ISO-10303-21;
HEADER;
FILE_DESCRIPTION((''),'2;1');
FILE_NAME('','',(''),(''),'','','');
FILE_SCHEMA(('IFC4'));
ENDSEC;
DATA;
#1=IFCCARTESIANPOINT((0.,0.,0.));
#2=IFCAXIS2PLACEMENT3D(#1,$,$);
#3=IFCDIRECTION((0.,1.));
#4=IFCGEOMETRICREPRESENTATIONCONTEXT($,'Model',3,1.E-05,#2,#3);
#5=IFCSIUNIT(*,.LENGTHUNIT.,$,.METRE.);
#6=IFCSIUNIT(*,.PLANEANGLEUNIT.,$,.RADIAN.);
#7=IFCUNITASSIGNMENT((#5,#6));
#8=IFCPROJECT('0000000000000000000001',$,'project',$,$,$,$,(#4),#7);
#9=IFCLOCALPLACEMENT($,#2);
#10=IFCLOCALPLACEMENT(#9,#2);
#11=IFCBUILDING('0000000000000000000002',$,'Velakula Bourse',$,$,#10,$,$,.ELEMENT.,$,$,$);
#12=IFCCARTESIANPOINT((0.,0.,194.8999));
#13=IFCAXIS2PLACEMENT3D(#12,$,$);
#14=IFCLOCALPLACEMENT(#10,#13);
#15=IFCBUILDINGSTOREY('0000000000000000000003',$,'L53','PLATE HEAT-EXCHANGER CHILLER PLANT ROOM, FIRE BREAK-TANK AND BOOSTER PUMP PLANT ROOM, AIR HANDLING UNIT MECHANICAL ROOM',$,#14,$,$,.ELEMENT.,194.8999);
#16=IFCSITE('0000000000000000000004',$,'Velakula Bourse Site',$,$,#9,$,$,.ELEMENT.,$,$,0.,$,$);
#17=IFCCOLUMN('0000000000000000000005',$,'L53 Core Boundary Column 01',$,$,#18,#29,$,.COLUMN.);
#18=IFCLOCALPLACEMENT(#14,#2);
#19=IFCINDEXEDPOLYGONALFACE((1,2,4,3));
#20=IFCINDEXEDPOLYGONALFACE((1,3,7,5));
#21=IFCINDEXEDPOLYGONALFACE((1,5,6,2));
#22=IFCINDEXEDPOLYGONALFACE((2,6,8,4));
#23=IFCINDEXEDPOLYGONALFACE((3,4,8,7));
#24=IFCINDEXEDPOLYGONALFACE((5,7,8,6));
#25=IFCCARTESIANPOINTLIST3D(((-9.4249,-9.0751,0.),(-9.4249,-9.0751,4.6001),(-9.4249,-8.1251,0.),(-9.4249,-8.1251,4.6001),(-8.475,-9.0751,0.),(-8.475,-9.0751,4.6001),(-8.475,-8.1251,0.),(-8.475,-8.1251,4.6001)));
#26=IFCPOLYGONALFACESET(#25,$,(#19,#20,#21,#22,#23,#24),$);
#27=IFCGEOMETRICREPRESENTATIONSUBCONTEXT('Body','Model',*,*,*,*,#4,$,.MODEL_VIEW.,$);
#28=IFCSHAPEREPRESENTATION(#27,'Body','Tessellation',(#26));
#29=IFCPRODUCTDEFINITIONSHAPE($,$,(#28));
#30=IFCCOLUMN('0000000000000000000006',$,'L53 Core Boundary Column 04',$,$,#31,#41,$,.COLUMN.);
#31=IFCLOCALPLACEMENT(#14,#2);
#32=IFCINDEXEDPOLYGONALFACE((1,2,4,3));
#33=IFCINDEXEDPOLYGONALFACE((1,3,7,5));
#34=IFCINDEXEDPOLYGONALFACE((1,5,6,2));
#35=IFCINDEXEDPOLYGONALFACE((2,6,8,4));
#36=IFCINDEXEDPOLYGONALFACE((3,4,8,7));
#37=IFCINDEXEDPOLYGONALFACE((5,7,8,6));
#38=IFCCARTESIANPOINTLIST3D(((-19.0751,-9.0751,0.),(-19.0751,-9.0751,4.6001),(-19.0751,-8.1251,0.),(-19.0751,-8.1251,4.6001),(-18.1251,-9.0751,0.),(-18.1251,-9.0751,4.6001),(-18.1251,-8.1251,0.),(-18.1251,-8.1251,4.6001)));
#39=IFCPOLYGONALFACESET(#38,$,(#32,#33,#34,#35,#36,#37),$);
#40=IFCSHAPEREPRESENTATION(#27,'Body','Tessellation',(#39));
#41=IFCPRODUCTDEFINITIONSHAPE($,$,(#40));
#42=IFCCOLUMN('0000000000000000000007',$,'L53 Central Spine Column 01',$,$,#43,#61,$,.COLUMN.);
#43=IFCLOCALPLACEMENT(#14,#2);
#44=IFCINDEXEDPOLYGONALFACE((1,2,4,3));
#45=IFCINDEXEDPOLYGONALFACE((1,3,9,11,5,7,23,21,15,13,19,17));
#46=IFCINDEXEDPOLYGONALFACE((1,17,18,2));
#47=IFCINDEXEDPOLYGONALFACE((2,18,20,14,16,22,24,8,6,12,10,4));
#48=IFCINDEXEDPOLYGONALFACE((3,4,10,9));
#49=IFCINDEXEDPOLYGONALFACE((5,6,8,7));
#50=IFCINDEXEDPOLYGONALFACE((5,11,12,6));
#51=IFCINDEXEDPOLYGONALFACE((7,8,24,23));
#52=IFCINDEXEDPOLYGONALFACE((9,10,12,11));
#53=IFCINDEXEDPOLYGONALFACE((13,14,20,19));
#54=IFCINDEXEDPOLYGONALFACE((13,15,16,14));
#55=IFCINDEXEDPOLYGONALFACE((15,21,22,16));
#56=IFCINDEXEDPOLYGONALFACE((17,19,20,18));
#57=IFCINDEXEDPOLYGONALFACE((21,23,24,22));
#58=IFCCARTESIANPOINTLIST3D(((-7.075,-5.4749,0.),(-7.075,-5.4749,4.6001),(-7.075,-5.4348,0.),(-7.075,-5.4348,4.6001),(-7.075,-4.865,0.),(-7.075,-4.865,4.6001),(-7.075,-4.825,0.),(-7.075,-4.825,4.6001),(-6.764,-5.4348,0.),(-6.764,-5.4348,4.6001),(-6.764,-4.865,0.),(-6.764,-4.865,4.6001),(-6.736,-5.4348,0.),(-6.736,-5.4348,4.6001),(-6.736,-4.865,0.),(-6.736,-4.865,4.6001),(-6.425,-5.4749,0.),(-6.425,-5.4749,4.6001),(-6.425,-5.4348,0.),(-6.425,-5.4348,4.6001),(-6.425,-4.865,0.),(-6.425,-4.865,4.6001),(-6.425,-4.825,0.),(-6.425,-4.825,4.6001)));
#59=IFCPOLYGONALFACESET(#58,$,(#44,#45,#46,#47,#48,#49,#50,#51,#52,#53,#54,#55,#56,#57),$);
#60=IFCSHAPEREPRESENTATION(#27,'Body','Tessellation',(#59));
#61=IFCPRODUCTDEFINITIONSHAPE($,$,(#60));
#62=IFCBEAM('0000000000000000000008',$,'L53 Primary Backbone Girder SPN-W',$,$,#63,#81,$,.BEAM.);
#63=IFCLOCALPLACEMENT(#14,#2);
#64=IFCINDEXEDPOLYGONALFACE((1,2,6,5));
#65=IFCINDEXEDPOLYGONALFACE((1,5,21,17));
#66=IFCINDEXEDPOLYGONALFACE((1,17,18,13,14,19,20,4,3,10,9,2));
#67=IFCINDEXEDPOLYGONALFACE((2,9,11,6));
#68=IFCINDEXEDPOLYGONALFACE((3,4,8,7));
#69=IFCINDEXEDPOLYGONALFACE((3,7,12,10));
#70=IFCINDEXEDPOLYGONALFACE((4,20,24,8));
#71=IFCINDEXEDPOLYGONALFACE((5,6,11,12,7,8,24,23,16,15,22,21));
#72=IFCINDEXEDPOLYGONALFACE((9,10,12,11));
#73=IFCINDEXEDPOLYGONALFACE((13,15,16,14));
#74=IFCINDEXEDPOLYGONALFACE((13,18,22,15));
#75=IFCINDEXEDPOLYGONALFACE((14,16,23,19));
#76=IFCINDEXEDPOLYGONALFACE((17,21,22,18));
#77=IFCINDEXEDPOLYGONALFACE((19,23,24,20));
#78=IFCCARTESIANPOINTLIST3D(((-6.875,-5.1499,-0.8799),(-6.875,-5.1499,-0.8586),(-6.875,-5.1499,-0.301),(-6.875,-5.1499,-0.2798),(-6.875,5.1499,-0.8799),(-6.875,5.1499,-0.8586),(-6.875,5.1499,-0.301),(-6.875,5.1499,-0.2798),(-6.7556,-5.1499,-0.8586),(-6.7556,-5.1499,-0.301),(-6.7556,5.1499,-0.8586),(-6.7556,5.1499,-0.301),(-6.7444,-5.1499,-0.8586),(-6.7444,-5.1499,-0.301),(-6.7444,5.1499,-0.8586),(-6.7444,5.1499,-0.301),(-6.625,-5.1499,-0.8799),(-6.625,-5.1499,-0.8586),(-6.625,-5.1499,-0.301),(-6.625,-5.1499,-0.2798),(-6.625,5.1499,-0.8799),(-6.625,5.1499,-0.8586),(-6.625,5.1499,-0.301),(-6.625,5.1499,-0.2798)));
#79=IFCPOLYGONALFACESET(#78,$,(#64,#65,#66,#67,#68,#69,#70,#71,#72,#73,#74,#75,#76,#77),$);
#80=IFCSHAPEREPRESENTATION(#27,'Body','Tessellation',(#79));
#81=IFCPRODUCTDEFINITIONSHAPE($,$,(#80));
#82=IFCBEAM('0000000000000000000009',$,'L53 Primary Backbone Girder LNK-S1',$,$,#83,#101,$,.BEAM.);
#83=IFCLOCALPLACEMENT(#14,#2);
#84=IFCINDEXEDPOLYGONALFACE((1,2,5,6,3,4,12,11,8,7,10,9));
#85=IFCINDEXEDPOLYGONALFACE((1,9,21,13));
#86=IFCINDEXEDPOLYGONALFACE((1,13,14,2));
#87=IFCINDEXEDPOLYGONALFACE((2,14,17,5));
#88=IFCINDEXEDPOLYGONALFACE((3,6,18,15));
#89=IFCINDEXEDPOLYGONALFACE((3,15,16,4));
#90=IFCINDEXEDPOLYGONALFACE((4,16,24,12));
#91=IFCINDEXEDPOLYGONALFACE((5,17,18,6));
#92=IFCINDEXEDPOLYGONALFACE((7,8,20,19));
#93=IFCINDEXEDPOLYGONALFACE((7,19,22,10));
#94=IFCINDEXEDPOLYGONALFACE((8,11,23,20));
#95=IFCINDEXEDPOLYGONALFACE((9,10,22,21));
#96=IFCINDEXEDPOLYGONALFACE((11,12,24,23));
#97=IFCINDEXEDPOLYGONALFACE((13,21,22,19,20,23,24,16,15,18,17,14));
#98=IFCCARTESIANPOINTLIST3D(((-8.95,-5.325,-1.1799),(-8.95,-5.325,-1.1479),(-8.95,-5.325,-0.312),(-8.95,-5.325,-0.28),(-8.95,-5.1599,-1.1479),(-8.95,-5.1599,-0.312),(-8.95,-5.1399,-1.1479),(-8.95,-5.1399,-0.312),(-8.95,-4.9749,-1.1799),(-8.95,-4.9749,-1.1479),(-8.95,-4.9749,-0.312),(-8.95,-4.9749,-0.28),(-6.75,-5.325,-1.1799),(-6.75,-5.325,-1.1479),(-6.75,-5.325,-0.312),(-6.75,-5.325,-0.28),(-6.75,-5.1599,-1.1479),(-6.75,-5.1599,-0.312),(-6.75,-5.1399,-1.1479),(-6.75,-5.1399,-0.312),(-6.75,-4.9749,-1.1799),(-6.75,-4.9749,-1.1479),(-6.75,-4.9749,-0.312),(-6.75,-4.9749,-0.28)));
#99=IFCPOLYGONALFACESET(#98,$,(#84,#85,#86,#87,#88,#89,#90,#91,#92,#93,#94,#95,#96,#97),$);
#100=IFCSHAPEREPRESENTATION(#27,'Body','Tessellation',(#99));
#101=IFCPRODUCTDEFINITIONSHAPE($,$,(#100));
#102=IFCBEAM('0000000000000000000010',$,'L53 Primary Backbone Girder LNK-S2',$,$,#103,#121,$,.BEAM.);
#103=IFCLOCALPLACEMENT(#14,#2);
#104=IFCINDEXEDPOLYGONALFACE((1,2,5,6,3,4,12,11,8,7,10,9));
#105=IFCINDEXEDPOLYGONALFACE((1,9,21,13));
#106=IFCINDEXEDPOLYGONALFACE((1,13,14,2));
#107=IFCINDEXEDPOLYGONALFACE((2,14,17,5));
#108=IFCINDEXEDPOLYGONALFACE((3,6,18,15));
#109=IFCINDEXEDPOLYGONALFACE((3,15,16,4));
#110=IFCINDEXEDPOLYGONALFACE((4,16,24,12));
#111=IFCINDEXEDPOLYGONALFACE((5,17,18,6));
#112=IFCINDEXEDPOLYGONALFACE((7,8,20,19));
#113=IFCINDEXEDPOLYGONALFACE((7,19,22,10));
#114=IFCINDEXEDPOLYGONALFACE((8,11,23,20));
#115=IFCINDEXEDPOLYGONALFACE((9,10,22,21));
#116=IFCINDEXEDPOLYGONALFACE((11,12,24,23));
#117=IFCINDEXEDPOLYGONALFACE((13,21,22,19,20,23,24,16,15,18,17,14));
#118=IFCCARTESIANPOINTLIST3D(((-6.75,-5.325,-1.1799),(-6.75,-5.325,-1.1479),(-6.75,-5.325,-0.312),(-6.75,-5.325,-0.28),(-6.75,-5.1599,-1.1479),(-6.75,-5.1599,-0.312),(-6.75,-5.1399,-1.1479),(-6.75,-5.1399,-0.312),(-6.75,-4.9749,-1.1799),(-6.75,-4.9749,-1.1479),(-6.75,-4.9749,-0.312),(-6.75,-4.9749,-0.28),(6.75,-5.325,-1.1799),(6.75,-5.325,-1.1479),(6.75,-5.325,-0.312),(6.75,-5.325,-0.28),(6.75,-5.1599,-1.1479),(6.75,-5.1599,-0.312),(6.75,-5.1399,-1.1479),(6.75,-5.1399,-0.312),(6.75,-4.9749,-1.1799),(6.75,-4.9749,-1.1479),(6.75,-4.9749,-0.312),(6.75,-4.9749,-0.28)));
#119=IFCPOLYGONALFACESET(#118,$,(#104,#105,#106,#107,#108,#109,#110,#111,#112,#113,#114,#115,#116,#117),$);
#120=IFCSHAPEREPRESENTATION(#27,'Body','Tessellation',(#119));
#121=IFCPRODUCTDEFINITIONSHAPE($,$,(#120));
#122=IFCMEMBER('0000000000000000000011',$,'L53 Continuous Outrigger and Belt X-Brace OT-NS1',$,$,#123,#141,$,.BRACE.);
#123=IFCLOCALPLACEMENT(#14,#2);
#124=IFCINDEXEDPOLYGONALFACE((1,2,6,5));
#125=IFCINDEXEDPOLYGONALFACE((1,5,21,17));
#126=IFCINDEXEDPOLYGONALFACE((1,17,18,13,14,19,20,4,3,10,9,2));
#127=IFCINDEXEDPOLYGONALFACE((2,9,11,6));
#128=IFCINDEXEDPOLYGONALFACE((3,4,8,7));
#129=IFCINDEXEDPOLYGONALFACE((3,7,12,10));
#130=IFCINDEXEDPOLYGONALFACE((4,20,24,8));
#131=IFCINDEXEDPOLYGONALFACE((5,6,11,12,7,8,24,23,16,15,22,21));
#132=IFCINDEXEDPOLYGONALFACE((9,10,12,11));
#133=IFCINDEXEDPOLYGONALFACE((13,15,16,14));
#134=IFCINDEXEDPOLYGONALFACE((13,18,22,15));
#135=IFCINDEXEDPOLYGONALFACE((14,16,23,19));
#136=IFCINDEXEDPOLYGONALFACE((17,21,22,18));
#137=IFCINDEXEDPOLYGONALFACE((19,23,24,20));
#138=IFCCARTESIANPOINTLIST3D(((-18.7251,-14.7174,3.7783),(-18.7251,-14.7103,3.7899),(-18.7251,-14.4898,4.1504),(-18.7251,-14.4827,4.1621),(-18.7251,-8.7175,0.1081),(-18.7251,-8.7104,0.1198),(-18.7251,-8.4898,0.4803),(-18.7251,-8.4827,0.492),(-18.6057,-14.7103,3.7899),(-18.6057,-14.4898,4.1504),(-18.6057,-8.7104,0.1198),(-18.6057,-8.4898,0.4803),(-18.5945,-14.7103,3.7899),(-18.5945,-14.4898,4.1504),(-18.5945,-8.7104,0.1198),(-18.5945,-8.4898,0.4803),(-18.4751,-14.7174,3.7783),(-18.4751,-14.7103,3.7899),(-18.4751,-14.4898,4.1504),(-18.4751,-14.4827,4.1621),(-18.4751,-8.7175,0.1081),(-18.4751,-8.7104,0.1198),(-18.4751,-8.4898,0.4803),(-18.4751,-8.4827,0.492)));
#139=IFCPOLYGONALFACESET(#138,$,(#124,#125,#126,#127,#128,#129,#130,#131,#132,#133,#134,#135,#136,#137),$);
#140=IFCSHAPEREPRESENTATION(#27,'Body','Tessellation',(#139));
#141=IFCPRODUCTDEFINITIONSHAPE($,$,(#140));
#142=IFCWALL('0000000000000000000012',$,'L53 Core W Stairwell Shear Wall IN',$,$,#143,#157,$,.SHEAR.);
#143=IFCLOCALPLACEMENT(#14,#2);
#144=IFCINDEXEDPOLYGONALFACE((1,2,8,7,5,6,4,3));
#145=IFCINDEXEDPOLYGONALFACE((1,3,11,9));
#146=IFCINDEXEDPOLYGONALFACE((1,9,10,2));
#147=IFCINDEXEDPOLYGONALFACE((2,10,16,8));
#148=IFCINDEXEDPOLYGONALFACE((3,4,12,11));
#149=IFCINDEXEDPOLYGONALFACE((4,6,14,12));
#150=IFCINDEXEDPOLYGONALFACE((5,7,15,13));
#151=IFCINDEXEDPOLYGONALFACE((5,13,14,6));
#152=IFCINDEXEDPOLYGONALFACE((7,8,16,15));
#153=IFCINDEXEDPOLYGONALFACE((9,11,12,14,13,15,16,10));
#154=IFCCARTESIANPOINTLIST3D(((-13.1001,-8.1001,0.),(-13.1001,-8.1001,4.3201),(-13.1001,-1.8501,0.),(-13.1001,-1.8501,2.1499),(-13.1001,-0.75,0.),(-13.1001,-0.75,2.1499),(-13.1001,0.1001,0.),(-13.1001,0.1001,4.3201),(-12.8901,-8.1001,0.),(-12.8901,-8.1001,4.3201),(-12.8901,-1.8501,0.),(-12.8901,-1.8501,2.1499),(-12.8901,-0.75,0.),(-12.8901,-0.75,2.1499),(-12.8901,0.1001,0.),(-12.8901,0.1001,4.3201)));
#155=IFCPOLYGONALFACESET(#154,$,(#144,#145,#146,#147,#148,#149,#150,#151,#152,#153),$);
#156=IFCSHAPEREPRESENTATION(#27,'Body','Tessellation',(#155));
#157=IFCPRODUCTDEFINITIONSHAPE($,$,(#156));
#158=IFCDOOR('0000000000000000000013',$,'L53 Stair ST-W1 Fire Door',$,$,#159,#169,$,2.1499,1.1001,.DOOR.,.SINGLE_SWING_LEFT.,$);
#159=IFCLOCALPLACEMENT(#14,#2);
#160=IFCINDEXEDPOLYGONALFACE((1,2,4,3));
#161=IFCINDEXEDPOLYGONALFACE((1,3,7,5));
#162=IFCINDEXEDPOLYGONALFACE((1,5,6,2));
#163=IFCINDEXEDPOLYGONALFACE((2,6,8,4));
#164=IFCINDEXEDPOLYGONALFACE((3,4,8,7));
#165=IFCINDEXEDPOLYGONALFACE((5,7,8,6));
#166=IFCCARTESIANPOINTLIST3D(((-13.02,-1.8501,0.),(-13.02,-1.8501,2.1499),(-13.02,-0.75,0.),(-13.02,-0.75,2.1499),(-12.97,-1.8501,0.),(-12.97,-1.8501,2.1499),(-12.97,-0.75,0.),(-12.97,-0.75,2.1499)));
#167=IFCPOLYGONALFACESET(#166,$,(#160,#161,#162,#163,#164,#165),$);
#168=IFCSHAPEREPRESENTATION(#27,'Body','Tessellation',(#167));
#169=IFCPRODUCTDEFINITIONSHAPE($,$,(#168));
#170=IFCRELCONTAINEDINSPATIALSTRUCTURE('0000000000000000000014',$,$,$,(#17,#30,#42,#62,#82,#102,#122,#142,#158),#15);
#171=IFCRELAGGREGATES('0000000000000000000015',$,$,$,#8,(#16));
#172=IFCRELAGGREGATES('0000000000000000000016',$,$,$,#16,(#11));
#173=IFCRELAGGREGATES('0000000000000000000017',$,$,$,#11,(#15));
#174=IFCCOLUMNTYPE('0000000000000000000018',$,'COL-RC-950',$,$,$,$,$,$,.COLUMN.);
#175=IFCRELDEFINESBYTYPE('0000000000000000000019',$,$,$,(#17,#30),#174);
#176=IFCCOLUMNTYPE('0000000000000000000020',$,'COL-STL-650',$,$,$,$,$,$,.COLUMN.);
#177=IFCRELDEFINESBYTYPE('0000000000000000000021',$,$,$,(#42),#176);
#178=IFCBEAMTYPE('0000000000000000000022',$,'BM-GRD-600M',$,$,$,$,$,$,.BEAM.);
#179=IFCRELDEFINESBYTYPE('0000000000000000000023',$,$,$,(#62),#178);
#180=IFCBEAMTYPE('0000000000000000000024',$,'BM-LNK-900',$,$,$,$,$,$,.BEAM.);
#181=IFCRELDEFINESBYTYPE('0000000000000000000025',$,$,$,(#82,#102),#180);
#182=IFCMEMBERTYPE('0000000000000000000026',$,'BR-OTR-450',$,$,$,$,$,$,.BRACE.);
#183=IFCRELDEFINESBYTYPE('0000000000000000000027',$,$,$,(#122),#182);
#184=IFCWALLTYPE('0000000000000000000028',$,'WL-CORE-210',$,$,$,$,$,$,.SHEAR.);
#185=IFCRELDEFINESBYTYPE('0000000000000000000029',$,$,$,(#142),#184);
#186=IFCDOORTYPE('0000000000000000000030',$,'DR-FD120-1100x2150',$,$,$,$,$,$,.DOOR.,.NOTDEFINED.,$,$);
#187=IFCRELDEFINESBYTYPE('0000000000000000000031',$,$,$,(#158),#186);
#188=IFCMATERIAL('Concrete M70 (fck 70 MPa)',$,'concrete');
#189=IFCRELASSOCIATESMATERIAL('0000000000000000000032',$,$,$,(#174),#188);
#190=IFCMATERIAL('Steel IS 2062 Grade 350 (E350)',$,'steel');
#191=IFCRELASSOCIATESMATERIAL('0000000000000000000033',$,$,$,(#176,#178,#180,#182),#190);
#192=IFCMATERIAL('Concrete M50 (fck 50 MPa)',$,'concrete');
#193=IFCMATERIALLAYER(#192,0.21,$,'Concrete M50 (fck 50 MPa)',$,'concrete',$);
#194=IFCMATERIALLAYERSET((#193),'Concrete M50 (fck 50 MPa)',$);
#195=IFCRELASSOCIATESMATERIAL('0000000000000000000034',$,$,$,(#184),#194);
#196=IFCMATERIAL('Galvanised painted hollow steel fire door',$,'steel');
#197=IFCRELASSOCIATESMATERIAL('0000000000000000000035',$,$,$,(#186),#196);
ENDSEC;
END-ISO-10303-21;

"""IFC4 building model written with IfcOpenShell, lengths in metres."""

from ifc_helpers import new_model, si_unit, direction, frame, frame_2d, origin, origin_2d, place, context, subcontext, project, spatial, rectangle, i_section, extrude, material, layer, layer_set, material_profile, profile_set, type_object, element, fill, save


model = new_model("IFC4")

# Units and contexts
model_context = context("Model", 3, precision=1e-05, world=origin(), true_north=direction((0.0, 1.0)))
body_context = subcontext(model_context, "Body", "Model", "MODEL_VIEW")
ifc_project = project(units=[si_unit("LENGTHUNIT", "METRE"), si_unit("PLANEANGLEUNIT", "RADIAN")], contexts=[model_context])

# Site, building, storey
site_placement = place(None, origin())
site = spatial("IfcSite", under=ifc_project, at=site_placement, Name="Velakula Bourse Site", CompositionType="ELEMENT", RefElevation=0.0)
building_placement = place(site_placement, origin())
building = spatial("IfcBuilding", under=site, at=building_placement, Name="Velakula Bourse", CompositionType="ELEMENT")
storey_placement = place(building_placement, frame((0.0, 0.0, 194.8999)))
storey = spatial("IfcBuildingStorey", under=building, at=storey_placement, Name="L53", Description="PLATE HEAT-EXCHANGER CHILLER PLANT ROOM, FIRE BREAK-TANK AND BOOSTER PUMP PLANT ROOM, AIR HANDLING UNIT MECHANICAL ROOM", CompositionType="ELEMENT", Elevation=194.8999)

# Columns
ifc_material_1 = material(Name="Concrete M70 (fck 70 MPa)", Category="concrete")
ifc_material_profile_1 = material_profile(ifc_material_1, rectangle(XDim=0.95, YDim=0.95, at=origin_2d()), Name="Concrete M70 (fck 70 MPa)")
ifc_profile_set_1 = profile_set([ifc_material_profile_1], Name="Concrete M70 (fck 70 MPa)")
column_type_1 = type_object("IfcColumnType", Name="COL-RC-950", PredefinedType="COLUMN", material=ifc_profile_set_1)
for number, where, z_axis, x_axis, name in (
    (1, (-8.95, -8.6001, 0.0), (0.0, 0.0, 1.0), (1.0, 0.0, 0.0), "L53 Core Boundary Column 01"),
    (2, (-18.6001, -8.6001, 0.0), (0.0, 0.0, 1.0), (1.0, 0.0, 0.0), "L53 Core Boundary Column 04"),
):
    element("IfcColumn", number, at=place(storey_placement, frame(where, z_axis=z_axis, x_axis=x_axis)), inside=storey, type_object=column_type_1, Name=name, PredefinedType="COLUMN", context=body_context, shape_type="SweptSolid", body=[
        extrude(rectangle(XDim=0.95, YDim=0.95, at=origin_2d()), origin(), (0.0, 0.0, 1.0), 4.6001),
    ])
ifc_material_2 = material(Name="Steel IS 2062 Grade 350 (E350)", Category="steel")
ifc_material_profile_2 = material_profile(ifc_material_2, i_section(OverallWidth=0.6499, OverallDepth=0.6499, WebThickness=0.0281, FlangeThickness=0.04, at=origin_2d()), Name="Steel IS 2062 Grade 350 (E350)")
ifc_profile_set_2 = profile_set([ifc_material_profile_2], Name="Steel IS 2062 Grade 350 (E350)")
column_type_2 = type_object("IfcColumnType", Name="COL-STL-650", PredefinedType="COLUMN", material=ifc_profile_set_2)
column_placement = place(storey_placement, frame((-6.75, -5.1499, 0.0), z_axis=(0.0, 0.0, 1.0), x_axis=(1.0, 0.0, 0.0)))
element("IfcColumn", 3, at=column_placement, inside=storey, type_object=column_type_2, Name="L53 Central Spine Column 01", PredefinedType="COLUMN", context=body_context, shape_type="SweptSolid", body=[
    extrude(i_section(OverallWidth=0.6499, OverallDepth=0.6499, WebThickness=0.0281, FlangeThickness=0.04, at=origin_2d()), origin(), (0.0, 0.0, 1.0), 4.6001),
])

# Beams
ifc_material_profile_3 = material_profile(ifc_material_2, i_section(OverallWidth=0.25, OverallDepth=0.6001, WebThickness=0.0112, FlangeThickness=0.0212, at=origin_2d()), Name="Steel IS 2062 Grade 350 (E350)")
ifc_profile_set_3 = profile_set([ifc_material_profile_3], Name="Steel IS 2062 Grade 350 (E350)")
beam_type_1 = type_object("IfcBeamType", Name="BM-GRD-600M", PredefinedType="BEAM", material=ifc_profile_set_3)
beam_1_placement = place(storey_placement, frame((-6.75, -5.1499, -0.5798), z_axis=(0.0, 1.0, 0.0), x_axis=(-1.0, 0.0, 0.0)))
element("IfcBeam", 4, at=beam_1_placement, inside=storey, type_object=beam_type_1, Name="L53 Primary Backbone Girder SPN-W", PredefinedType="BEAM", context=body_context, shape_type="SweptSolid", body=[
    extrude(i_section(OverallWidth=0.25, OverallDepth=0.6001, WebThickness=0.0112, FlangeThickness=0.0212, at=origin_2d()), origin(), (0.0, 0.0, 1.0), 10.2998),
])
ifc_material_profile_4 = material_profile(ifc_material_2, i_section(OverallWidth=0.3501, OverallDepth=0.8999, WebThickness=0.02, FlangeThickness=0.032, at=origin_2d()), Name="Steel IS 2062 Grade 350 (E350)")
ifc_profile_set_4 = profile_set([ifc_material_profile_4], Name="Steel IS 2062 Grade 350 (E350)")
beam_type_2 = type_object("IfcBeamType", Name="BM-LNK-900", PredefinedType="BEAM", material=ifc_profile_set_4)
beam_2_placement = place(storey_placement, frame((-8.95, -5.1499, -0.73), z_axis=(1.0, 0.0, 0.0), x_axis=(0.0, 1.0, 0.0)))
element("IfcBeam", 5, at=beam_2_placement, inside=storey, type_object=beam_type_2, Name="L53 Primary Backbone Girder LNK-S1", PredefinedType="BEAM", context=body_context, shape_type="SweptSolid", body=[
    extrude(i_section(OverallWidth=0.3501, OverallDepth=0.8999, WebThickness=0.02, FlangeThickness=0.032, at=origin_2d()), origin(), (0.0, 0.0, 1.0), 2.2),
])
beam_3_placement = place(storey_placement, frame((-6.75, -5.1499, -0.73), z_axis=(1.0, 0.0, 0.0), x_axis=(0.0, 1.0, 0.0)))
element("IfcBeam", 6, at=beam_3_placement, inside=storey, type_object=beam_type_2, Name="L53 Primary Backbone Girder LNK-S2", PredefinedType="BEAM", context=body_context, shape_type="SweptSolid", body=[
    extrude(i_section(OverallWidth=0.3501, OverallDepth=0.8999, WebThickness=0.02, FlangeThickness=0.032, at=origin_2d()), origin(), (0.0, 0.0, 1.0), 13.5),
])

# Member
ifc_material_profile_5 = material_profile(ifc_material_2, i_section(OverallWidth=0.25, OverallDepth=0.45, WebThickness=0.0112, FlangeThickness=0.0137, at=origin_2d()), Name="Steel IS 2062 Grade 350 (E350)")
ifc_profile_set_5 = profile_set([ifc_material_profile_5], Name="Steel IS 2062 Grade 350 (E350)")
member_type = type_object("IfcMemberType", Name="BR-OTR-450", PredefinedType="BRACE", material=ifc_profile_set_5)
member_placement = place(storey_placement, frame((-18.6001, -8.6001, 0.3), z_axis=(0.0, -0.85306, 0.521812), x_axis=(1.0, 0.0, 0.0)))
element("IfcMember", 7, at=member_placement, inside=storey, type_object=member_type, Name="L53 Continuous Outrigger and Belt X-Brace OT-NS1", PredefinedType="BRACE", context=body_context, shape_type="SweptSolid", body=[
    extrude(i_section(OverallWidth=0.25, OverallDepth=0.45, WebThickness=0.0112, FlangeThickness=0.0137, at=origin_2d()), origin(), (0.0, 0.0, 1.0), 7.0334),
])

# Wall, opening, door
ifc_material_3 = material(Name="Concrete M50 (fck 50 MPa)", Category="concrete")
ifc_layer_1 = layer(ifc_material_3, 0.21, Name="Concrete M50 (fck 50 MPa)", Category="concrete")
ifc_layer_set_1 = layer_set([ifc_layer_1], Name="Concrete M50 (fck 50 MPa)")
wall_type_1 = type_object("IfcWallType", Name="WL-CORE-210", PredefinedType="SHEAR", material=ifc_layer_set_1)
wall_1_placement = place(storey_placement, frame((-12.9951, -8.1001, 0.0), z_axis=(0.0, 0.0, 1.0), x_axis=(0.0, 1.0, 0.0)))
wall_1 = element("IfcWall", 8, at=wall_1_placement, inside=storey, type_object=wall_type_1, Name="L53 Core W Stairwell Shear Wall IN", PredefinedType="SHEAR", context=body_context, shape_type="SweptSolid", body=[
    extrude(rectangle(XDim=8.2002, YDim=0.21, at=frame_2d((4.1001, 0.0))), origin(), (0.0, 0.0, 1.0), 4.3201),
])
opening_1_placement = place(wall_1_placement, frame((6.25, 0.0, 0.0)))
opening_1 = element("IfcOpeningElement", 9, at=opening_1_placement, cuts=wall_1, PredefinedType="OPENING", context=body_context, shape_type="SweptSolid", body=[
    extrude(rectangle(XDim=1.1001, YDim=2.1499, at=frame_2d((0.55, 1.075))), frame((0.0, 0.115, 0.0), z_axis=(0.0, -1.0, 0.0), x_axis=(1.0, 0.0, 0.0)), (0.0, 0.0, 1.0), 0.23),
])
ifc_material_4 = material(Name="Galvanised painted hollow steel fire door", Category="steel")
door_type_1 = type_object("IfcDoorType", Name="DR-FD120-1100x2150", OperationType="NOTDEFINED", PredefinedType="DOOR", material=ifc_material_4)
door_1_placement = place(opening_1_placement, origin())
door_1 = element("IfcDoor", 10, at=door_1_placement, inside=storey, type_object=door_type_1, Name="L53 Stair ST-W1 Fire Door", OperationType="SINGLE_SWING_LEFT", OverallHeight=2.1499, OverallWidth=1.1001, PredefinedType="DOOR", context=body_context, shape_type="SweptSolid", body=[
    extrude(rectangle(XDim=1.1001, YDim=2.1499, at=frame_2d((0.55, 1.075))), frame((0.0, 0.0249, 0.0), z_axis=(0.0, -1.0, 0.0), x_axis=(1.0, 0.0, 0.0)), (0.0, 0.0, 1.0), 0.05),
])
fill(opening_1, door_1)

save(model, "model.ifc")
